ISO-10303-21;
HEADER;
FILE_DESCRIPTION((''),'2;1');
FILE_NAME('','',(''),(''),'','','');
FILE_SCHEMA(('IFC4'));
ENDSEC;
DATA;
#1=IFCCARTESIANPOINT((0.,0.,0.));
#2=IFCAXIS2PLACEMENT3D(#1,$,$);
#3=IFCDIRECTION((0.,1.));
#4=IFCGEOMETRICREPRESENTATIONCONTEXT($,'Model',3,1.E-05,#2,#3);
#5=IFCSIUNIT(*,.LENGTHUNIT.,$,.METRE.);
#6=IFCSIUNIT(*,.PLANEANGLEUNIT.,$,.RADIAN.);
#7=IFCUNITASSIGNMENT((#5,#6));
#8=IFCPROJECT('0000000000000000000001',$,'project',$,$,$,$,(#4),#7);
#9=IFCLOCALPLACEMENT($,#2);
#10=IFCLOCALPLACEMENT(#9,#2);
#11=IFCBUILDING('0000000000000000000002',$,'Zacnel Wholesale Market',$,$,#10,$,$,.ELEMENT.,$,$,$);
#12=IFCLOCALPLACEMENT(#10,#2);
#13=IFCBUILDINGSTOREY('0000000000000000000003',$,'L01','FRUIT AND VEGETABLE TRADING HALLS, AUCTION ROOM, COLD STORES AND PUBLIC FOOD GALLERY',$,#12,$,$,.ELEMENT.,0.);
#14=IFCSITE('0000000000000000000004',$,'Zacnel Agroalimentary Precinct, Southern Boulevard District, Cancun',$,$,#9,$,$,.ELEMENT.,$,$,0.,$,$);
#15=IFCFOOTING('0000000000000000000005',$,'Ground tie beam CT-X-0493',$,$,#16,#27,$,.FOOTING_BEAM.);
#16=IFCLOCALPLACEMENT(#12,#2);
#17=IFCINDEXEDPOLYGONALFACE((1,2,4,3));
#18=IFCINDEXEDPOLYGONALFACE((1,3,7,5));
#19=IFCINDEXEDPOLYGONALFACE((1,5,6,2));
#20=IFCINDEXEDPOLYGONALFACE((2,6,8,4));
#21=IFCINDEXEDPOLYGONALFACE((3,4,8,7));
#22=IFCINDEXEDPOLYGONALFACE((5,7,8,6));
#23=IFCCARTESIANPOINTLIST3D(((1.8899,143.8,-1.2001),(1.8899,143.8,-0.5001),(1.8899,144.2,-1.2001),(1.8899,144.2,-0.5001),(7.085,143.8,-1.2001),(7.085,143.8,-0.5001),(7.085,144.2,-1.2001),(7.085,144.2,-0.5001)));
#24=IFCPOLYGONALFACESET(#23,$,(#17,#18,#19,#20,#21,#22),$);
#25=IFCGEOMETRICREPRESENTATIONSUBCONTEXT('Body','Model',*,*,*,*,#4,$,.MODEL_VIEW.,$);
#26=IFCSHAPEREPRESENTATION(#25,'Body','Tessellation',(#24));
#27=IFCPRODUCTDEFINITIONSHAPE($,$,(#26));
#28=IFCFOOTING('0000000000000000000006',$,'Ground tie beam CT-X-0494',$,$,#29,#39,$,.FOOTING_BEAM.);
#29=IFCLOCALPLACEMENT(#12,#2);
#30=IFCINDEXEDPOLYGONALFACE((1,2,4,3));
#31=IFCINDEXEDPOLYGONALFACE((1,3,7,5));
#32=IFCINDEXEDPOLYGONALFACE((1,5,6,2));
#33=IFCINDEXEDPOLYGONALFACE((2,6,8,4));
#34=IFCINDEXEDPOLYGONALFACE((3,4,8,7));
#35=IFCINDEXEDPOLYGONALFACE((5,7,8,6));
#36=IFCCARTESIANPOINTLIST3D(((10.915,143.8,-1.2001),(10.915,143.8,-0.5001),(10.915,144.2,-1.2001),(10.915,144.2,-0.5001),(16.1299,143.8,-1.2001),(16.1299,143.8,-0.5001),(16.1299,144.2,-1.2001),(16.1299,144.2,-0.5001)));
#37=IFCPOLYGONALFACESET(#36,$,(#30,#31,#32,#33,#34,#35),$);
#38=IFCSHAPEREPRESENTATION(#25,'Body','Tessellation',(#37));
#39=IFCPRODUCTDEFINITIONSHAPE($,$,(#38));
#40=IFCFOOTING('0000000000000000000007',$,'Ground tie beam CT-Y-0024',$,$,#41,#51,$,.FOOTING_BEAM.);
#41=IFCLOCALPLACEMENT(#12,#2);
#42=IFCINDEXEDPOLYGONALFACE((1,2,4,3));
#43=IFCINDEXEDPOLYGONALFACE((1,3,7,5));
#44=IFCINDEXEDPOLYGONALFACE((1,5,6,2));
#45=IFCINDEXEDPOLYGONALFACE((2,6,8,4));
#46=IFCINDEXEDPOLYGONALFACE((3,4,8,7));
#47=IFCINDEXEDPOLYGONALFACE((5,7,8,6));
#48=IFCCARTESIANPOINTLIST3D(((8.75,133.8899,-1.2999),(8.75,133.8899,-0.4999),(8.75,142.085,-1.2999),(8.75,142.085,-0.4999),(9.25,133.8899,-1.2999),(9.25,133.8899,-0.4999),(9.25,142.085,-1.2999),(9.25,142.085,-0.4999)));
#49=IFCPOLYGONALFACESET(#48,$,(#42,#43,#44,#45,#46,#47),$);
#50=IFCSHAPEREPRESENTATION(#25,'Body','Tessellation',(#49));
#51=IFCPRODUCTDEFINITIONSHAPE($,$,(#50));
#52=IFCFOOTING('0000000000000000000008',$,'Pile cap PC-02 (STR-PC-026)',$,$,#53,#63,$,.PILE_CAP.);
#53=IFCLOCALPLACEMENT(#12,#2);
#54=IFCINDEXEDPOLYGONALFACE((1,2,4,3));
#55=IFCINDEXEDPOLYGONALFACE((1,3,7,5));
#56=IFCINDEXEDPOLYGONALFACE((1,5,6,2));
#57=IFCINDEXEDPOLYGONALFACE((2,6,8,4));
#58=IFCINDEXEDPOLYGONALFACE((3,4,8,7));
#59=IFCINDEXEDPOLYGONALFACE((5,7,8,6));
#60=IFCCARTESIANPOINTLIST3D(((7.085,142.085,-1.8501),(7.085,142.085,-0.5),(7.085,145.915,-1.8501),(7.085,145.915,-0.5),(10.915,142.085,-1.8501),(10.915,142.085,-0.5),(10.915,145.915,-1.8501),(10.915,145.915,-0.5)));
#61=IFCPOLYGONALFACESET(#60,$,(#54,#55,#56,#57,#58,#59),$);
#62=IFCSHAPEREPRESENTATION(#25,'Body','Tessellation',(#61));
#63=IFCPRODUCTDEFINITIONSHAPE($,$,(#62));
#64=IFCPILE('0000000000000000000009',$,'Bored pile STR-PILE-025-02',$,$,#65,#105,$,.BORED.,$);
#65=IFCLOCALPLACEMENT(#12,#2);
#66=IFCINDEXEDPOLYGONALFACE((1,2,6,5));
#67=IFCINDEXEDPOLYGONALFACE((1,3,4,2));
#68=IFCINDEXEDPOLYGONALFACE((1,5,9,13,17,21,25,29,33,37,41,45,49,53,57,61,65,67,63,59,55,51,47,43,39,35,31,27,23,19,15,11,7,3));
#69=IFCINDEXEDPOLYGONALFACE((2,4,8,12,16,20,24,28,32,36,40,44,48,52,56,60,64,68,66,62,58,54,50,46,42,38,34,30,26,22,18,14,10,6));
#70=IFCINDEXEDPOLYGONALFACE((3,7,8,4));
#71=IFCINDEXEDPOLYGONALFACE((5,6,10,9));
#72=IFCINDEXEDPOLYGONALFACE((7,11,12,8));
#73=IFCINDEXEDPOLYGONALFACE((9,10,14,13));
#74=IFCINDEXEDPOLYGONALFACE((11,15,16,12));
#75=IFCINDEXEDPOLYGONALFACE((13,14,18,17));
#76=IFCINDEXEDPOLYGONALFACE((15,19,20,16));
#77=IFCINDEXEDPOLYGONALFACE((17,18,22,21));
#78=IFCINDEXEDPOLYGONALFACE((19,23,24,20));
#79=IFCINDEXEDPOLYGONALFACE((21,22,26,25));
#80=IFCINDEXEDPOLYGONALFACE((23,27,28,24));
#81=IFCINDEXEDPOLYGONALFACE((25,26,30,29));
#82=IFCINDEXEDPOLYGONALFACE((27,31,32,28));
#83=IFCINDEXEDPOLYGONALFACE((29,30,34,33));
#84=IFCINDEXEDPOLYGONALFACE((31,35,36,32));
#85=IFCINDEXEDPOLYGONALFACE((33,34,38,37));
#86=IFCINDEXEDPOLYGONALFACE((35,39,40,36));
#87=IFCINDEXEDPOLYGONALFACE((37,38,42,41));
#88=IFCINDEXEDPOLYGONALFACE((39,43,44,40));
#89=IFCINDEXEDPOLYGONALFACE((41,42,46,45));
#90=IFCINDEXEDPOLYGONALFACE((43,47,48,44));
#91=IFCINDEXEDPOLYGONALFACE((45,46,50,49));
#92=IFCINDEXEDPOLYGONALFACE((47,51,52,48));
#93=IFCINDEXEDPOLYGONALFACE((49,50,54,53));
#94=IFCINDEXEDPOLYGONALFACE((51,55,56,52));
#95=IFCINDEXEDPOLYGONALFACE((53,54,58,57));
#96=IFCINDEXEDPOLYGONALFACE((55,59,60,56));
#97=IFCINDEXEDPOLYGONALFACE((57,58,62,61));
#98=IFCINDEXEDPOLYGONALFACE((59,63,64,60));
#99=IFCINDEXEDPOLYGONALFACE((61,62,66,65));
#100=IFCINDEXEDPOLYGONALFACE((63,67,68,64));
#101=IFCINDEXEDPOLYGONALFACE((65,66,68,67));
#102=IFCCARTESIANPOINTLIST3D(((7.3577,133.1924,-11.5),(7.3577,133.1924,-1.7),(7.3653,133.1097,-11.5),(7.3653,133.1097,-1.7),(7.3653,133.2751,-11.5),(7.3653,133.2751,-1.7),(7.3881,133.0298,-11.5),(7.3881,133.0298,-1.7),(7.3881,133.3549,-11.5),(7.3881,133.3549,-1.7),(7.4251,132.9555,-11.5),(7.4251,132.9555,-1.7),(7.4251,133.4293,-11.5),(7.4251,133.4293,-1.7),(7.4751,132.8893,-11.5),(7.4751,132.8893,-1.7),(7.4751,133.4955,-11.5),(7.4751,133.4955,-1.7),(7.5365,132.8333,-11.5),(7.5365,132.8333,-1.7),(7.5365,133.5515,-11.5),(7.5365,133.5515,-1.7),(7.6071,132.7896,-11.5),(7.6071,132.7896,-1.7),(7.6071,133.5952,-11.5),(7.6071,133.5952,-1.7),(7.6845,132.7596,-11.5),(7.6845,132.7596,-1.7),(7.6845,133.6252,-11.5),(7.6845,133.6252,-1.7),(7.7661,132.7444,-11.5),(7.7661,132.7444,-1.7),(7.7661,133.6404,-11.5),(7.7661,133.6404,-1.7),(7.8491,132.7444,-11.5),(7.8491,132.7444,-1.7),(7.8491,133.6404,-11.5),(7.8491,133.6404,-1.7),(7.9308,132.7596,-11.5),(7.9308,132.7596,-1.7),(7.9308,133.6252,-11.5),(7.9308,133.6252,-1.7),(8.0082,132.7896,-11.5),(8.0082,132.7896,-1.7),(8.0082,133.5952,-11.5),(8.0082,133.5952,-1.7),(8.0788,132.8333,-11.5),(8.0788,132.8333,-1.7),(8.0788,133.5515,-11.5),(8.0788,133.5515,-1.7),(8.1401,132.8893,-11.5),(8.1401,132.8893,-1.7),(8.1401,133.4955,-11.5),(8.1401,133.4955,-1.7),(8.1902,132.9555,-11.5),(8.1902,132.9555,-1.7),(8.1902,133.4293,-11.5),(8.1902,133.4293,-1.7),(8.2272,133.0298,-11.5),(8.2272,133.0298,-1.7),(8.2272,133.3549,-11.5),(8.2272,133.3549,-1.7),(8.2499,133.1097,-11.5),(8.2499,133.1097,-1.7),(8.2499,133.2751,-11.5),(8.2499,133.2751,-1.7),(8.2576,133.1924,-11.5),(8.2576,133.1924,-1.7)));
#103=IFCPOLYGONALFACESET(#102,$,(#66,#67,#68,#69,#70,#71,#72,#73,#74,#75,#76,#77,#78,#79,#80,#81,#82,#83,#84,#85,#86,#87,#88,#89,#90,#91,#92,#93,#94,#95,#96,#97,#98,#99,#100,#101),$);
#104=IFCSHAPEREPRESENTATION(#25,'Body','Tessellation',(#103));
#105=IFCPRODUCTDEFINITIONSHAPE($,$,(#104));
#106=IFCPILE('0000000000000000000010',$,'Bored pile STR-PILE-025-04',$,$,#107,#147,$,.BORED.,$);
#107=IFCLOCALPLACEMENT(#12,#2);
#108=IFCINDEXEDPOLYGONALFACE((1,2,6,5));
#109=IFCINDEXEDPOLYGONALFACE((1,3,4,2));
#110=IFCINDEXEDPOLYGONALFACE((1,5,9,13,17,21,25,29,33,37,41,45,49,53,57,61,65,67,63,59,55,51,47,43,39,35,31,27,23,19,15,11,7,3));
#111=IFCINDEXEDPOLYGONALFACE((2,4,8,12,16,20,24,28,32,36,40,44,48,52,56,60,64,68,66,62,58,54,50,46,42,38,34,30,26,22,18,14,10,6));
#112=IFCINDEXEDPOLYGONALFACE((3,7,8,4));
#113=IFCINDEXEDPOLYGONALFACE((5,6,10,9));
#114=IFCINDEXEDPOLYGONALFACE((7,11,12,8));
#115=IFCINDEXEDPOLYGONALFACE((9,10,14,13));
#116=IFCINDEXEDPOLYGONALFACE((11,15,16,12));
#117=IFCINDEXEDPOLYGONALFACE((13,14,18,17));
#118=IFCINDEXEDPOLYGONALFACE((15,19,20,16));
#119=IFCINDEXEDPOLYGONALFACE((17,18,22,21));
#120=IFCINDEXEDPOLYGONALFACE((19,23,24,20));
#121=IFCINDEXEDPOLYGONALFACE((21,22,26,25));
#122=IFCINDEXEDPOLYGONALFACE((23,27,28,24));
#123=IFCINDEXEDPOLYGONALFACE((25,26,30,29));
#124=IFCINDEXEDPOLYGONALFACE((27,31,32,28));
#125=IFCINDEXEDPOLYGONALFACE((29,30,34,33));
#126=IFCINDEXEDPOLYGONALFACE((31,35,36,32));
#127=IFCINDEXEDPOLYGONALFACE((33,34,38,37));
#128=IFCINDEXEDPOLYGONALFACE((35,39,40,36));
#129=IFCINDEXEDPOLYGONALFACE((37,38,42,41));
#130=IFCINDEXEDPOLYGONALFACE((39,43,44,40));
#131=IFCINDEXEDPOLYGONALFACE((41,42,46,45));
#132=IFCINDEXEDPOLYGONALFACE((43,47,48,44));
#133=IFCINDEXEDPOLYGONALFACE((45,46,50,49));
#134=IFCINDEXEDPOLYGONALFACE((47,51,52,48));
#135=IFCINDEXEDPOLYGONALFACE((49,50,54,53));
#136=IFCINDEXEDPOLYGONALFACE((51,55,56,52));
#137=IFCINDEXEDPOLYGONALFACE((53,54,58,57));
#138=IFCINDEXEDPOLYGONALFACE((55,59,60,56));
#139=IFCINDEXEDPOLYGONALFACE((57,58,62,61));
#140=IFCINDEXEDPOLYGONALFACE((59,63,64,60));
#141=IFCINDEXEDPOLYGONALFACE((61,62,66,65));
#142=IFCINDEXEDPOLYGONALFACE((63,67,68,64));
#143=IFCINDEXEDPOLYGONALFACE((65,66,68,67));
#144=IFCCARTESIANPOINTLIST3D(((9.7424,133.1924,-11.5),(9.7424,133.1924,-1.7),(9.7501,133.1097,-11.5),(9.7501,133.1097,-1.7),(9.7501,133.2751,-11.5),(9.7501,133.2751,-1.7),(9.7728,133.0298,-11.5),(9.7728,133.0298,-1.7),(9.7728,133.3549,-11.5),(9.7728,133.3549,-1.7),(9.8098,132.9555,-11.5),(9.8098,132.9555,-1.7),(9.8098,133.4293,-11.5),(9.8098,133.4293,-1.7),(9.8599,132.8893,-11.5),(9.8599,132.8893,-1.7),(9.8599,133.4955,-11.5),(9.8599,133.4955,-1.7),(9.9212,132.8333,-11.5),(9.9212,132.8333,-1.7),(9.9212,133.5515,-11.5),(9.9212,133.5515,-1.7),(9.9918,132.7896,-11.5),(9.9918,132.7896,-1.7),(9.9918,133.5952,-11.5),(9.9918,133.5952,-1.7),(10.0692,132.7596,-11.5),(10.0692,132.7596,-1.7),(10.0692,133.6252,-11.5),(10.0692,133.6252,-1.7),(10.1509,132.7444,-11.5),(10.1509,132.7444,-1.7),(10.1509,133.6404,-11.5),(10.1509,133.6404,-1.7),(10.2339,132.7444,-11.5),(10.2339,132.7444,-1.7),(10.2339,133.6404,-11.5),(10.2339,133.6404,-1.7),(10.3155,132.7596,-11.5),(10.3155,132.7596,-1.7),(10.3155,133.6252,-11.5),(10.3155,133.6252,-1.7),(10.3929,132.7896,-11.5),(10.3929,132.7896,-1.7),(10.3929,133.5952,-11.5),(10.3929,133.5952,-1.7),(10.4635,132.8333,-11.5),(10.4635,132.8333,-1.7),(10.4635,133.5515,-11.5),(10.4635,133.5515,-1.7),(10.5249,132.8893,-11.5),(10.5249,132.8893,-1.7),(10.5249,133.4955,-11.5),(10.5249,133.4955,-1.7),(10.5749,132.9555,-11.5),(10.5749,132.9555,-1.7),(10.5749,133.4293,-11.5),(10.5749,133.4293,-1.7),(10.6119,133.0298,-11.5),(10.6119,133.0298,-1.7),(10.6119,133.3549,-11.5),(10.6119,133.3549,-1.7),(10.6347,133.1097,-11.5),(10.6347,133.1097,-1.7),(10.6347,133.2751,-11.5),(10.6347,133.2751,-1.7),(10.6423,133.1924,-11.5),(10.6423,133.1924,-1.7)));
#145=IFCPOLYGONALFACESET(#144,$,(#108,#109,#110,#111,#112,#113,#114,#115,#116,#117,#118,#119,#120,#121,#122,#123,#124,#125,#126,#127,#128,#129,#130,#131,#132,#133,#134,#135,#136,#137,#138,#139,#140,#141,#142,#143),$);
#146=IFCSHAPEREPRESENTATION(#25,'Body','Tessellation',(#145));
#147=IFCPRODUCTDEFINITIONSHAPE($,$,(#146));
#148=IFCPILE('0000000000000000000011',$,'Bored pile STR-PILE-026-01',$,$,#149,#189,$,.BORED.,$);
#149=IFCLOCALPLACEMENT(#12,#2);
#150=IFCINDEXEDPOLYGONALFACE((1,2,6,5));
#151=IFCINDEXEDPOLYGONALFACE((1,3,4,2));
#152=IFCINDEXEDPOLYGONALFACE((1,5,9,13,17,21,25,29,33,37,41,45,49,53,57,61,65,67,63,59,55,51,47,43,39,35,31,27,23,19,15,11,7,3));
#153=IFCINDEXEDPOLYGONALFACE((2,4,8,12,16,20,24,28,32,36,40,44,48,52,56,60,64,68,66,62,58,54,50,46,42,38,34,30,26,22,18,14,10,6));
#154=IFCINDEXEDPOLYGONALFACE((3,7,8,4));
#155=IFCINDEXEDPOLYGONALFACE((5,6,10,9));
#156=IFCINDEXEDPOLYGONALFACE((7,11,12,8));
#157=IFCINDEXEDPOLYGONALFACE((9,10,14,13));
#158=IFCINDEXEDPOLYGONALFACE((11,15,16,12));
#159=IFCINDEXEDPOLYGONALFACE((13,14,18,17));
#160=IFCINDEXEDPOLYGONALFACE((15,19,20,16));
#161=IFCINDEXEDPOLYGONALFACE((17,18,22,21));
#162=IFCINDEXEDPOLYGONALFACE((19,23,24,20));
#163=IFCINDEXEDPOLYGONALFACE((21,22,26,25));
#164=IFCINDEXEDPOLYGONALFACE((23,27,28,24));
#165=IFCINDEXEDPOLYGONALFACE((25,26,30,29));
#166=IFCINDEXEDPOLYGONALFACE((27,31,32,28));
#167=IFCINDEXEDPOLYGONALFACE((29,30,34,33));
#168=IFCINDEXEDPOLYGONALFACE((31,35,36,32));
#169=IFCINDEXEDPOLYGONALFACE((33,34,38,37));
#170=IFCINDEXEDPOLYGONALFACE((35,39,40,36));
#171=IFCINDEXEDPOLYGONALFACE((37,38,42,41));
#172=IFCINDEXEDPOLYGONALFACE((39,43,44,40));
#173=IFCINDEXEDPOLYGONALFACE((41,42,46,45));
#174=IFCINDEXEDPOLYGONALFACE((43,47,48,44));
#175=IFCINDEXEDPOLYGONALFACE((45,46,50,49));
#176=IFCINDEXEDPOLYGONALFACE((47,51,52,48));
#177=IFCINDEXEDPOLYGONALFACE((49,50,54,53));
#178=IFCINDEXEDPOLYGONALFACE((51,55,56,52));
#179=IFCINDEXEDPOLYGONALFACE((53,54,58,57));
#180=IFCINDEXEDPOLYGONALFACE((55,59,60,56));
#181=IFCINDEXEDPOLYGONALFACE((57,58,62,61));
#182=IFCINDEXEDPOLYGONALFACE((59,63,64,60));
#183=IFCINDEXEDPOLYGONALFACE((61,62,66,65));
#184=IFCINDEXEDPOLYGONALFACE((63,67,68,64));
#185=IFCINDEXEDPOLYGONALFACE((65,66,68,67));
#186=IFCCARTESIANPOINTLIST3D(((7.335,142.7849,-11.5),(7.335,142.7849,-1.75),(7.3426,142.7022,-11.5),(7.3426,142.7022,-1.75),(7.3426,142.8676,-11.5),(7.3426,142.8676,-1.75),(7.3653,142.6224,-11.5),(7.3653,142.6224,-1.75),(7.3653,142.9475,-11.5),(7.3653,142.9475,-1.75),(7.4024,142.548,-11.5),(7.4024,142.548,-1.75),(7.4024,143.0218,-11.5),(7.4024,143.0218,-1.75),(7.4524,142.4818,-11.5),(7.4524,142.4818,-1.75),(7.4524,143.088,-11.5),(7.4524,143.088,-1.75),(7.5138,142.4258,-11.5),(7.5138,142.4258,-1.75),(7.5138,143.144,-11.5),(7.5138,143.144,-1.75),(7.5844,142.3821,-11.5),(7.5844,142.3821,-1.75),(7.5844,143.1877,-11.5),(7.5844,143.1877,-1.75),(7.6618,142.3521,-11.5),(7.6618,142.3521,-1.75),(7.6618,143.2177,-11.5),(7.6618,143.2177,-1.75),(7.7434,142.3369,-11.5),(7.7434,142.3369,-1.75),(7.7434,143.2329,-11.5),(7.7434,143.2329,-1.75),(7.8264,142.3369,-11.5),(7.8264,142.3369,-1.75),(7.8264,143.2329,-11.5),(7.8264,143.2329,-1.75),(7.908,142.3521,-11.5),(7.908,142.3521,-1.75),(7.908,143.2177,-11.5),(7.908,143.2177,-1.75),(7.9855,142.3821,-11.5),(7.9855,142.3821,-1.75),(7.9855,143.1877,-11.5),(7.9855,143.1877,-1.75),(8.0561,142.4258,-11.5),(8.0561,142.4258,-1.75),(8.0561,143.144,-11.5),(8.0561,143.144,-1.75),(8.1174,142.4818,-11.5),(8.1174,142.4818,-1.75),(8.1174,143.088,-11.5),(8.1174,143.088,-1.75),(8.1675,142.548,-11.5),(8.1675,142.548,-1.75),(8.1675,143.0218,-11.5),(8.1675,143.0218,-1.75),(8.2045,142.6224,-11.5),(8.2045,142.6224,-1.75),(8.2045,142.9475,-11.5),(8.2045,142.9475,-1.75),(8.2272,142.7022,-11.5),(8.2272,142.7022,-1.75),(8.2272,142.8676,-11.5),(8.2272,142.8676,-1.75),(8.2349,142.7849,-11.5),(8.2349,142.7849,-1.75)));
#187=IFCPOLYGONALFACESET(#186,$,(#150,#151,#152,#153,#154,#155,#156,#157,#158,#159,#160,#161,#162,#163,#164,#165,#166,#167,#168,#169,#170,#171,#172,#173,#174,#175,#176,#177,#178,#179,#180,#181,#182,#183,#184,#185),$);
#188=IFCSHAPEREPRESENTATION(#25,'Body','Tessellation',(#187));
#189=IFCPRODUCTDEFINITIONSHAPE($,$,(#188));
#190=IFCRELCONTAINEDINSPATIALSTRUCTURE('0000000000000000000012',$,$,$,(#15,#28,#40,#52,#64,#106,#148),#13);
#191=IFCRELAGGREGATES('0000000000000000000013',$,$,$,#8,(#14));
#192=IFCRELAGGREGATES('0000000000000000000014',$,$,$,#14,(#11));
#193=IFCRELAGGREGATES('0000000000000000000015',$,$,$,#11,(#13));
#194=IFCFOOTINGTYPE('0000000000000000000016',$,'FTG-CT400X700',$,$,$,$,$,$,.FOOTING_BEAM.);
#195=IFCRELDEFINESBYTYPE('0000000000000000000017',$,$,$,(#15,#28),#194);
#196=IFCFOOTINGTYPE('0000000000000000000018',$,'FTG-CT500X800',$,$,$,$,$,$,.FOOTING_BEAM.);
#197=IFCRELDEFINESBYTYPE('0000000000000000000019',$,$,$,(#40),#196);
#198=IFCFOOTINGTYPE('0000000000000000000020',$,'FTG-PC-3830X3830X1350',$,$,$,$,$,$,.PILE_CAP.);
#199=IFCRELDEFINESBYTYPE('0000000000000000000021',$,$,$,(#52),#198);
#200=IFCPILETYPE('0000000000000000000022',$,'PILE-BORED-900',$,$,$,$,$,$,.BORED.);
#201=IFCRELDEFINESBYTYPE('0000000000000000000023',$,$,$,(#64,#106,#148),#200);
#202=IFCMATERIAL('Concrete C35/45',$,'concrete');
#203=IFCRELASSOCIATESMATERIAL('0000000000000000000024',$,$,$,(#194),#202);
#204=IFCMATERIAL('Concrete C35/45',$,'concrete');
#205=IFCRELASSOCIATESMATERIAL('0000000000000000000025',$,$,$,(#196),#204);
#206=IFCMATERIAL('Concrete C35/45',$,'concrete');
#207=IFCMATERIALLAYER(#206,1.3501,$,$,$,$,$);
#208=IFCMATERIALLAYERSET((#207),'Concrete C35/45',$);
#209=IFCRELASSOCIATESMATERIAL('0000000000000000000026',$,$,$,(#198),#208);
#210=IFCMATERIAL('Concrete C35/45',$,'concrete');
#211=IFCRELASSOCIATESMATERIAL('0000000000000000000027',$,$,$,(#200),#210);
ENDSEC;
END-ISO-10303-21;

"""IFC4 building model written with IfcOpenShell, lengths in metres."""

from ifc_helpers import new_model, si_unit, direction, frame, origin, origin_2d, place, context, subcontext, project, spatial, rectangle, circle, extrude, material, layer, layer_set, material_profile, profile_set, type_object, element, save


model = new_model("IFC4")

# Units and contexts
model_context = context("Model", 3, precision=1e-05, world=origin(), true_north=direction((0.0, 1.0)))
body_context = subcontext(model_context, "Body", "Model", "MODEL_VIEW")
ifc_project = project(units=[si_unit("LENGTHUNIT", "METRE"), si_unit("PLANEANGLEUNIT", "RADIAN")], contexts=[model_context])

# Site, building, storey
site_placement = place(None, origin())
site = spatial("IfcSite", under=ifc_project, at=site_placement, Name="Zacnel Agroalimentary Precinct, Southern Boulevard District, Cancun", CompositionType="ELEMENT", RefElevation=0.0)
building_placement = place(site_placement, origin())
building = spatial("IfcBuilding", under=site, at=building_placement, Name="Zacnel Wholesale Market", CompositionType="ELEMENT")
storey_placement = place(building_placement, origin())
storey = spatial("IfcBuildingStorey", under=building, at=storey_placement, Name="L01", Description="FRUIT AND VEGETABLE TRADING HALLS, AUCTION ROOM, COLD STORES AND PUBLIC FOOD GALLERY", CompositionType="ELEMENT", Elevation=0.0)

# Footings
ifc_material_1 = material(Name="Concrete C35/45", Category="concrete")
ifc_material_profile_1 = material_profile(ifc_material_1, rectangle(XDim=0.3999, YDim=0.7, at=origin_2d()), Name="CT 400x700")
ifc_profile_set_1 = profile_set([ifc_material_profile_1], Name="Concrete C35/45")
footing_type_1 = type_object("IfcFootingType", Name="FTG-CT400X700", PredefinedType="FOOTING_BEAM", material=ifc_profile_set_1)
footing_1_placement = place(storey_placement, frame((1.8899, 144.0, -0.8501), z_axis=(1.0, 0.0, 0.0), x_axis=(0.0, 1.0, 0.0)))
element("IfcFooting", 1, at=footing_1_placement, inside=storey, type_object=footing_type_1, Name="Ground tie beam CT-X-0493", PredefinedType="FOOTING_BEAM", context=body_context, shape_type="SweptSolid", body=[
    extrude(rectangle(XDim=0.3999, YDim=0.7, at=origin_2d()), origin(), (0.0, 0.0, 1.0), 5.1951),
])
footing_2_placement = place(storey_placement, frame((10.915, 144.0, -0.8501), z_axis=(1.0, 0.0, 0.0), x_axis=(0.0, 1.0, 0.0)))
element("IfcFooting", 2, at=footing_2_placement, inside=storey, type_object=footing_type_1, Name="Ground tie beam CT-X-0494", PredefinedType="FOOTING_BEAM", context=body_context, shape_type="SweptSolid", body=[
    extrude(rectangle(XDim=0.3999, YDim=0.7, at=origin_2d()), origin(), (0.0, 0.0, 1.0), 5.2148),
])
ifc_material_2 = material(Name="Concrete C35/45", Category="concrete")
ifc_material_profile_2 = material_profile(ifc_material_2, rectangle(XDim=0.5, YDim=0.8, at=origin_2d()), Name="CT 500x800")
ifc_profile_set_2 = profile_set([ifc_material_profile_2], Name="Concrete C35/45")
footing_type_2 = type_object("IfcFootingType", Name="FTG-CT500X800", PredefinedType="FOOTING_BEAM", material=ifc_profile_set_2)
footing_3_placement = place(storey_placement, frame((9.0, 133.8899, -0.8999), z_axis=(0.0, 1.0, 0.0), x_axis=(-1.0, 0.0, 0.0)))
element("IfcFooting", 3, at=footing_3_placement, inside=storey, type_object=footing_type_2, Name="Ground tie beam CT-Y-0024", PredefinedType="FOOTING_BEAM", context=body_context, shape_type="SweptSolid", body=[
    extrude(rectangle(XDim=0.5, YDim=0.8, at=origin_2d()), origin(), (0.0, 0.0, 1.0), 8.1951),
])
ifc_material_3 = material(Name="Concrete C35/45", Category="concrete")
ifc_layer_1 = layer(ifc_material_3, 1.3501)
ifc_layer_set_1 = layer_set([ifc_layer_1], Name="Concrete C35/45")
footing_type_3 = type_object("IfcFootingType", Name="FTG-PC-3830X3830X1350", PredefinedType="PILE_CAP", material=ifc_layer_set_1)
footing_4_placement = place(storey_placement, frame((9.0, 144.0, -1.8501), z_axis=(0.0, 0.0, 1.0), x_axis=(1.0, 0.0, 0.0)))
element("IfcFooting", 4, at=footing_4_placement, inside=storey, type_object=footing_type_3, Name="Pile cap PC-02 (STR-PC-026)", PredefinedType="PILE_CAP", context=body_context, shape_type="SweptSolid", body=[
    extrude(rectangle(XDim=3.8301, YDim=3.8301, at=origin_2d()), origin(), (0.0, 0.0, 1.0), 1.3501),
])

# Piles
ifc_material_4 = material(Name="Concrete C35/45", Category="concrete")
ifc_material_profile_3 = material_profile(ifc_material_4, circle(Radius=0.45, at=origin_2d()), Name="BORED PILE D900")
ifc_profile_set_3 = profile_set([ifc_material_profile_3], Name="Concrete C35/45")
pile_type = type_object("IfcPileType", Name="PILE-BORED-900", PredefinedType="BORED", material=ifc_profile_set_3)
for number, where, z_axis, x_axis, name in (
    (5, (7.8076, 133.1924, -1.7), (0.0, 0.0, -1.0), (1.0, 0.0, 0.0), "Bored pile STR-PILE-025-02"),
    (6, (10.1924, 133.1924, -1.7), (0.0, 0.0, -1.0), (1.0, 0.0, 0.0), "Bored pile STR-PILE-025-04"),
):
    element("IfcPile", number, at=place(storey_placement, frame(where, z_axis=z_axis, x_axis=x_axis)), inside=storey, type_object=pile_type, Name=name, PredefinedType="BORED", context=body_context, shape_type="SweptSolid", body=[
        extrude(circle(Radius=0.45, at=origin_2d()), origin(), (0.0, 0.0, 1.0), 9.8),
    ])
for number, where, z_axis, x_axis, name in (
    (7, (7.7849, 142.7849, -1.75), (0.0, 0.0, -1.0), (1.0, 0.0, 0.0), "Bored pile STR-PILE-026-01"),
):
    element("IfcPile", number, at=place(storey_placement, frame(where, z_axis=z_axis, x_axis=x_axis)), inside=storey, type_object=pile_type, Name=name, PredefinedType="BORED", context=body_context, shape_type="SweptSolid", body=[
        extrude(circle(Radius=0.45, at=origin_2d()), origin(), (0.0, 0.0, 1.0), 9.75),
    ])

save(model, "model.ifc")
